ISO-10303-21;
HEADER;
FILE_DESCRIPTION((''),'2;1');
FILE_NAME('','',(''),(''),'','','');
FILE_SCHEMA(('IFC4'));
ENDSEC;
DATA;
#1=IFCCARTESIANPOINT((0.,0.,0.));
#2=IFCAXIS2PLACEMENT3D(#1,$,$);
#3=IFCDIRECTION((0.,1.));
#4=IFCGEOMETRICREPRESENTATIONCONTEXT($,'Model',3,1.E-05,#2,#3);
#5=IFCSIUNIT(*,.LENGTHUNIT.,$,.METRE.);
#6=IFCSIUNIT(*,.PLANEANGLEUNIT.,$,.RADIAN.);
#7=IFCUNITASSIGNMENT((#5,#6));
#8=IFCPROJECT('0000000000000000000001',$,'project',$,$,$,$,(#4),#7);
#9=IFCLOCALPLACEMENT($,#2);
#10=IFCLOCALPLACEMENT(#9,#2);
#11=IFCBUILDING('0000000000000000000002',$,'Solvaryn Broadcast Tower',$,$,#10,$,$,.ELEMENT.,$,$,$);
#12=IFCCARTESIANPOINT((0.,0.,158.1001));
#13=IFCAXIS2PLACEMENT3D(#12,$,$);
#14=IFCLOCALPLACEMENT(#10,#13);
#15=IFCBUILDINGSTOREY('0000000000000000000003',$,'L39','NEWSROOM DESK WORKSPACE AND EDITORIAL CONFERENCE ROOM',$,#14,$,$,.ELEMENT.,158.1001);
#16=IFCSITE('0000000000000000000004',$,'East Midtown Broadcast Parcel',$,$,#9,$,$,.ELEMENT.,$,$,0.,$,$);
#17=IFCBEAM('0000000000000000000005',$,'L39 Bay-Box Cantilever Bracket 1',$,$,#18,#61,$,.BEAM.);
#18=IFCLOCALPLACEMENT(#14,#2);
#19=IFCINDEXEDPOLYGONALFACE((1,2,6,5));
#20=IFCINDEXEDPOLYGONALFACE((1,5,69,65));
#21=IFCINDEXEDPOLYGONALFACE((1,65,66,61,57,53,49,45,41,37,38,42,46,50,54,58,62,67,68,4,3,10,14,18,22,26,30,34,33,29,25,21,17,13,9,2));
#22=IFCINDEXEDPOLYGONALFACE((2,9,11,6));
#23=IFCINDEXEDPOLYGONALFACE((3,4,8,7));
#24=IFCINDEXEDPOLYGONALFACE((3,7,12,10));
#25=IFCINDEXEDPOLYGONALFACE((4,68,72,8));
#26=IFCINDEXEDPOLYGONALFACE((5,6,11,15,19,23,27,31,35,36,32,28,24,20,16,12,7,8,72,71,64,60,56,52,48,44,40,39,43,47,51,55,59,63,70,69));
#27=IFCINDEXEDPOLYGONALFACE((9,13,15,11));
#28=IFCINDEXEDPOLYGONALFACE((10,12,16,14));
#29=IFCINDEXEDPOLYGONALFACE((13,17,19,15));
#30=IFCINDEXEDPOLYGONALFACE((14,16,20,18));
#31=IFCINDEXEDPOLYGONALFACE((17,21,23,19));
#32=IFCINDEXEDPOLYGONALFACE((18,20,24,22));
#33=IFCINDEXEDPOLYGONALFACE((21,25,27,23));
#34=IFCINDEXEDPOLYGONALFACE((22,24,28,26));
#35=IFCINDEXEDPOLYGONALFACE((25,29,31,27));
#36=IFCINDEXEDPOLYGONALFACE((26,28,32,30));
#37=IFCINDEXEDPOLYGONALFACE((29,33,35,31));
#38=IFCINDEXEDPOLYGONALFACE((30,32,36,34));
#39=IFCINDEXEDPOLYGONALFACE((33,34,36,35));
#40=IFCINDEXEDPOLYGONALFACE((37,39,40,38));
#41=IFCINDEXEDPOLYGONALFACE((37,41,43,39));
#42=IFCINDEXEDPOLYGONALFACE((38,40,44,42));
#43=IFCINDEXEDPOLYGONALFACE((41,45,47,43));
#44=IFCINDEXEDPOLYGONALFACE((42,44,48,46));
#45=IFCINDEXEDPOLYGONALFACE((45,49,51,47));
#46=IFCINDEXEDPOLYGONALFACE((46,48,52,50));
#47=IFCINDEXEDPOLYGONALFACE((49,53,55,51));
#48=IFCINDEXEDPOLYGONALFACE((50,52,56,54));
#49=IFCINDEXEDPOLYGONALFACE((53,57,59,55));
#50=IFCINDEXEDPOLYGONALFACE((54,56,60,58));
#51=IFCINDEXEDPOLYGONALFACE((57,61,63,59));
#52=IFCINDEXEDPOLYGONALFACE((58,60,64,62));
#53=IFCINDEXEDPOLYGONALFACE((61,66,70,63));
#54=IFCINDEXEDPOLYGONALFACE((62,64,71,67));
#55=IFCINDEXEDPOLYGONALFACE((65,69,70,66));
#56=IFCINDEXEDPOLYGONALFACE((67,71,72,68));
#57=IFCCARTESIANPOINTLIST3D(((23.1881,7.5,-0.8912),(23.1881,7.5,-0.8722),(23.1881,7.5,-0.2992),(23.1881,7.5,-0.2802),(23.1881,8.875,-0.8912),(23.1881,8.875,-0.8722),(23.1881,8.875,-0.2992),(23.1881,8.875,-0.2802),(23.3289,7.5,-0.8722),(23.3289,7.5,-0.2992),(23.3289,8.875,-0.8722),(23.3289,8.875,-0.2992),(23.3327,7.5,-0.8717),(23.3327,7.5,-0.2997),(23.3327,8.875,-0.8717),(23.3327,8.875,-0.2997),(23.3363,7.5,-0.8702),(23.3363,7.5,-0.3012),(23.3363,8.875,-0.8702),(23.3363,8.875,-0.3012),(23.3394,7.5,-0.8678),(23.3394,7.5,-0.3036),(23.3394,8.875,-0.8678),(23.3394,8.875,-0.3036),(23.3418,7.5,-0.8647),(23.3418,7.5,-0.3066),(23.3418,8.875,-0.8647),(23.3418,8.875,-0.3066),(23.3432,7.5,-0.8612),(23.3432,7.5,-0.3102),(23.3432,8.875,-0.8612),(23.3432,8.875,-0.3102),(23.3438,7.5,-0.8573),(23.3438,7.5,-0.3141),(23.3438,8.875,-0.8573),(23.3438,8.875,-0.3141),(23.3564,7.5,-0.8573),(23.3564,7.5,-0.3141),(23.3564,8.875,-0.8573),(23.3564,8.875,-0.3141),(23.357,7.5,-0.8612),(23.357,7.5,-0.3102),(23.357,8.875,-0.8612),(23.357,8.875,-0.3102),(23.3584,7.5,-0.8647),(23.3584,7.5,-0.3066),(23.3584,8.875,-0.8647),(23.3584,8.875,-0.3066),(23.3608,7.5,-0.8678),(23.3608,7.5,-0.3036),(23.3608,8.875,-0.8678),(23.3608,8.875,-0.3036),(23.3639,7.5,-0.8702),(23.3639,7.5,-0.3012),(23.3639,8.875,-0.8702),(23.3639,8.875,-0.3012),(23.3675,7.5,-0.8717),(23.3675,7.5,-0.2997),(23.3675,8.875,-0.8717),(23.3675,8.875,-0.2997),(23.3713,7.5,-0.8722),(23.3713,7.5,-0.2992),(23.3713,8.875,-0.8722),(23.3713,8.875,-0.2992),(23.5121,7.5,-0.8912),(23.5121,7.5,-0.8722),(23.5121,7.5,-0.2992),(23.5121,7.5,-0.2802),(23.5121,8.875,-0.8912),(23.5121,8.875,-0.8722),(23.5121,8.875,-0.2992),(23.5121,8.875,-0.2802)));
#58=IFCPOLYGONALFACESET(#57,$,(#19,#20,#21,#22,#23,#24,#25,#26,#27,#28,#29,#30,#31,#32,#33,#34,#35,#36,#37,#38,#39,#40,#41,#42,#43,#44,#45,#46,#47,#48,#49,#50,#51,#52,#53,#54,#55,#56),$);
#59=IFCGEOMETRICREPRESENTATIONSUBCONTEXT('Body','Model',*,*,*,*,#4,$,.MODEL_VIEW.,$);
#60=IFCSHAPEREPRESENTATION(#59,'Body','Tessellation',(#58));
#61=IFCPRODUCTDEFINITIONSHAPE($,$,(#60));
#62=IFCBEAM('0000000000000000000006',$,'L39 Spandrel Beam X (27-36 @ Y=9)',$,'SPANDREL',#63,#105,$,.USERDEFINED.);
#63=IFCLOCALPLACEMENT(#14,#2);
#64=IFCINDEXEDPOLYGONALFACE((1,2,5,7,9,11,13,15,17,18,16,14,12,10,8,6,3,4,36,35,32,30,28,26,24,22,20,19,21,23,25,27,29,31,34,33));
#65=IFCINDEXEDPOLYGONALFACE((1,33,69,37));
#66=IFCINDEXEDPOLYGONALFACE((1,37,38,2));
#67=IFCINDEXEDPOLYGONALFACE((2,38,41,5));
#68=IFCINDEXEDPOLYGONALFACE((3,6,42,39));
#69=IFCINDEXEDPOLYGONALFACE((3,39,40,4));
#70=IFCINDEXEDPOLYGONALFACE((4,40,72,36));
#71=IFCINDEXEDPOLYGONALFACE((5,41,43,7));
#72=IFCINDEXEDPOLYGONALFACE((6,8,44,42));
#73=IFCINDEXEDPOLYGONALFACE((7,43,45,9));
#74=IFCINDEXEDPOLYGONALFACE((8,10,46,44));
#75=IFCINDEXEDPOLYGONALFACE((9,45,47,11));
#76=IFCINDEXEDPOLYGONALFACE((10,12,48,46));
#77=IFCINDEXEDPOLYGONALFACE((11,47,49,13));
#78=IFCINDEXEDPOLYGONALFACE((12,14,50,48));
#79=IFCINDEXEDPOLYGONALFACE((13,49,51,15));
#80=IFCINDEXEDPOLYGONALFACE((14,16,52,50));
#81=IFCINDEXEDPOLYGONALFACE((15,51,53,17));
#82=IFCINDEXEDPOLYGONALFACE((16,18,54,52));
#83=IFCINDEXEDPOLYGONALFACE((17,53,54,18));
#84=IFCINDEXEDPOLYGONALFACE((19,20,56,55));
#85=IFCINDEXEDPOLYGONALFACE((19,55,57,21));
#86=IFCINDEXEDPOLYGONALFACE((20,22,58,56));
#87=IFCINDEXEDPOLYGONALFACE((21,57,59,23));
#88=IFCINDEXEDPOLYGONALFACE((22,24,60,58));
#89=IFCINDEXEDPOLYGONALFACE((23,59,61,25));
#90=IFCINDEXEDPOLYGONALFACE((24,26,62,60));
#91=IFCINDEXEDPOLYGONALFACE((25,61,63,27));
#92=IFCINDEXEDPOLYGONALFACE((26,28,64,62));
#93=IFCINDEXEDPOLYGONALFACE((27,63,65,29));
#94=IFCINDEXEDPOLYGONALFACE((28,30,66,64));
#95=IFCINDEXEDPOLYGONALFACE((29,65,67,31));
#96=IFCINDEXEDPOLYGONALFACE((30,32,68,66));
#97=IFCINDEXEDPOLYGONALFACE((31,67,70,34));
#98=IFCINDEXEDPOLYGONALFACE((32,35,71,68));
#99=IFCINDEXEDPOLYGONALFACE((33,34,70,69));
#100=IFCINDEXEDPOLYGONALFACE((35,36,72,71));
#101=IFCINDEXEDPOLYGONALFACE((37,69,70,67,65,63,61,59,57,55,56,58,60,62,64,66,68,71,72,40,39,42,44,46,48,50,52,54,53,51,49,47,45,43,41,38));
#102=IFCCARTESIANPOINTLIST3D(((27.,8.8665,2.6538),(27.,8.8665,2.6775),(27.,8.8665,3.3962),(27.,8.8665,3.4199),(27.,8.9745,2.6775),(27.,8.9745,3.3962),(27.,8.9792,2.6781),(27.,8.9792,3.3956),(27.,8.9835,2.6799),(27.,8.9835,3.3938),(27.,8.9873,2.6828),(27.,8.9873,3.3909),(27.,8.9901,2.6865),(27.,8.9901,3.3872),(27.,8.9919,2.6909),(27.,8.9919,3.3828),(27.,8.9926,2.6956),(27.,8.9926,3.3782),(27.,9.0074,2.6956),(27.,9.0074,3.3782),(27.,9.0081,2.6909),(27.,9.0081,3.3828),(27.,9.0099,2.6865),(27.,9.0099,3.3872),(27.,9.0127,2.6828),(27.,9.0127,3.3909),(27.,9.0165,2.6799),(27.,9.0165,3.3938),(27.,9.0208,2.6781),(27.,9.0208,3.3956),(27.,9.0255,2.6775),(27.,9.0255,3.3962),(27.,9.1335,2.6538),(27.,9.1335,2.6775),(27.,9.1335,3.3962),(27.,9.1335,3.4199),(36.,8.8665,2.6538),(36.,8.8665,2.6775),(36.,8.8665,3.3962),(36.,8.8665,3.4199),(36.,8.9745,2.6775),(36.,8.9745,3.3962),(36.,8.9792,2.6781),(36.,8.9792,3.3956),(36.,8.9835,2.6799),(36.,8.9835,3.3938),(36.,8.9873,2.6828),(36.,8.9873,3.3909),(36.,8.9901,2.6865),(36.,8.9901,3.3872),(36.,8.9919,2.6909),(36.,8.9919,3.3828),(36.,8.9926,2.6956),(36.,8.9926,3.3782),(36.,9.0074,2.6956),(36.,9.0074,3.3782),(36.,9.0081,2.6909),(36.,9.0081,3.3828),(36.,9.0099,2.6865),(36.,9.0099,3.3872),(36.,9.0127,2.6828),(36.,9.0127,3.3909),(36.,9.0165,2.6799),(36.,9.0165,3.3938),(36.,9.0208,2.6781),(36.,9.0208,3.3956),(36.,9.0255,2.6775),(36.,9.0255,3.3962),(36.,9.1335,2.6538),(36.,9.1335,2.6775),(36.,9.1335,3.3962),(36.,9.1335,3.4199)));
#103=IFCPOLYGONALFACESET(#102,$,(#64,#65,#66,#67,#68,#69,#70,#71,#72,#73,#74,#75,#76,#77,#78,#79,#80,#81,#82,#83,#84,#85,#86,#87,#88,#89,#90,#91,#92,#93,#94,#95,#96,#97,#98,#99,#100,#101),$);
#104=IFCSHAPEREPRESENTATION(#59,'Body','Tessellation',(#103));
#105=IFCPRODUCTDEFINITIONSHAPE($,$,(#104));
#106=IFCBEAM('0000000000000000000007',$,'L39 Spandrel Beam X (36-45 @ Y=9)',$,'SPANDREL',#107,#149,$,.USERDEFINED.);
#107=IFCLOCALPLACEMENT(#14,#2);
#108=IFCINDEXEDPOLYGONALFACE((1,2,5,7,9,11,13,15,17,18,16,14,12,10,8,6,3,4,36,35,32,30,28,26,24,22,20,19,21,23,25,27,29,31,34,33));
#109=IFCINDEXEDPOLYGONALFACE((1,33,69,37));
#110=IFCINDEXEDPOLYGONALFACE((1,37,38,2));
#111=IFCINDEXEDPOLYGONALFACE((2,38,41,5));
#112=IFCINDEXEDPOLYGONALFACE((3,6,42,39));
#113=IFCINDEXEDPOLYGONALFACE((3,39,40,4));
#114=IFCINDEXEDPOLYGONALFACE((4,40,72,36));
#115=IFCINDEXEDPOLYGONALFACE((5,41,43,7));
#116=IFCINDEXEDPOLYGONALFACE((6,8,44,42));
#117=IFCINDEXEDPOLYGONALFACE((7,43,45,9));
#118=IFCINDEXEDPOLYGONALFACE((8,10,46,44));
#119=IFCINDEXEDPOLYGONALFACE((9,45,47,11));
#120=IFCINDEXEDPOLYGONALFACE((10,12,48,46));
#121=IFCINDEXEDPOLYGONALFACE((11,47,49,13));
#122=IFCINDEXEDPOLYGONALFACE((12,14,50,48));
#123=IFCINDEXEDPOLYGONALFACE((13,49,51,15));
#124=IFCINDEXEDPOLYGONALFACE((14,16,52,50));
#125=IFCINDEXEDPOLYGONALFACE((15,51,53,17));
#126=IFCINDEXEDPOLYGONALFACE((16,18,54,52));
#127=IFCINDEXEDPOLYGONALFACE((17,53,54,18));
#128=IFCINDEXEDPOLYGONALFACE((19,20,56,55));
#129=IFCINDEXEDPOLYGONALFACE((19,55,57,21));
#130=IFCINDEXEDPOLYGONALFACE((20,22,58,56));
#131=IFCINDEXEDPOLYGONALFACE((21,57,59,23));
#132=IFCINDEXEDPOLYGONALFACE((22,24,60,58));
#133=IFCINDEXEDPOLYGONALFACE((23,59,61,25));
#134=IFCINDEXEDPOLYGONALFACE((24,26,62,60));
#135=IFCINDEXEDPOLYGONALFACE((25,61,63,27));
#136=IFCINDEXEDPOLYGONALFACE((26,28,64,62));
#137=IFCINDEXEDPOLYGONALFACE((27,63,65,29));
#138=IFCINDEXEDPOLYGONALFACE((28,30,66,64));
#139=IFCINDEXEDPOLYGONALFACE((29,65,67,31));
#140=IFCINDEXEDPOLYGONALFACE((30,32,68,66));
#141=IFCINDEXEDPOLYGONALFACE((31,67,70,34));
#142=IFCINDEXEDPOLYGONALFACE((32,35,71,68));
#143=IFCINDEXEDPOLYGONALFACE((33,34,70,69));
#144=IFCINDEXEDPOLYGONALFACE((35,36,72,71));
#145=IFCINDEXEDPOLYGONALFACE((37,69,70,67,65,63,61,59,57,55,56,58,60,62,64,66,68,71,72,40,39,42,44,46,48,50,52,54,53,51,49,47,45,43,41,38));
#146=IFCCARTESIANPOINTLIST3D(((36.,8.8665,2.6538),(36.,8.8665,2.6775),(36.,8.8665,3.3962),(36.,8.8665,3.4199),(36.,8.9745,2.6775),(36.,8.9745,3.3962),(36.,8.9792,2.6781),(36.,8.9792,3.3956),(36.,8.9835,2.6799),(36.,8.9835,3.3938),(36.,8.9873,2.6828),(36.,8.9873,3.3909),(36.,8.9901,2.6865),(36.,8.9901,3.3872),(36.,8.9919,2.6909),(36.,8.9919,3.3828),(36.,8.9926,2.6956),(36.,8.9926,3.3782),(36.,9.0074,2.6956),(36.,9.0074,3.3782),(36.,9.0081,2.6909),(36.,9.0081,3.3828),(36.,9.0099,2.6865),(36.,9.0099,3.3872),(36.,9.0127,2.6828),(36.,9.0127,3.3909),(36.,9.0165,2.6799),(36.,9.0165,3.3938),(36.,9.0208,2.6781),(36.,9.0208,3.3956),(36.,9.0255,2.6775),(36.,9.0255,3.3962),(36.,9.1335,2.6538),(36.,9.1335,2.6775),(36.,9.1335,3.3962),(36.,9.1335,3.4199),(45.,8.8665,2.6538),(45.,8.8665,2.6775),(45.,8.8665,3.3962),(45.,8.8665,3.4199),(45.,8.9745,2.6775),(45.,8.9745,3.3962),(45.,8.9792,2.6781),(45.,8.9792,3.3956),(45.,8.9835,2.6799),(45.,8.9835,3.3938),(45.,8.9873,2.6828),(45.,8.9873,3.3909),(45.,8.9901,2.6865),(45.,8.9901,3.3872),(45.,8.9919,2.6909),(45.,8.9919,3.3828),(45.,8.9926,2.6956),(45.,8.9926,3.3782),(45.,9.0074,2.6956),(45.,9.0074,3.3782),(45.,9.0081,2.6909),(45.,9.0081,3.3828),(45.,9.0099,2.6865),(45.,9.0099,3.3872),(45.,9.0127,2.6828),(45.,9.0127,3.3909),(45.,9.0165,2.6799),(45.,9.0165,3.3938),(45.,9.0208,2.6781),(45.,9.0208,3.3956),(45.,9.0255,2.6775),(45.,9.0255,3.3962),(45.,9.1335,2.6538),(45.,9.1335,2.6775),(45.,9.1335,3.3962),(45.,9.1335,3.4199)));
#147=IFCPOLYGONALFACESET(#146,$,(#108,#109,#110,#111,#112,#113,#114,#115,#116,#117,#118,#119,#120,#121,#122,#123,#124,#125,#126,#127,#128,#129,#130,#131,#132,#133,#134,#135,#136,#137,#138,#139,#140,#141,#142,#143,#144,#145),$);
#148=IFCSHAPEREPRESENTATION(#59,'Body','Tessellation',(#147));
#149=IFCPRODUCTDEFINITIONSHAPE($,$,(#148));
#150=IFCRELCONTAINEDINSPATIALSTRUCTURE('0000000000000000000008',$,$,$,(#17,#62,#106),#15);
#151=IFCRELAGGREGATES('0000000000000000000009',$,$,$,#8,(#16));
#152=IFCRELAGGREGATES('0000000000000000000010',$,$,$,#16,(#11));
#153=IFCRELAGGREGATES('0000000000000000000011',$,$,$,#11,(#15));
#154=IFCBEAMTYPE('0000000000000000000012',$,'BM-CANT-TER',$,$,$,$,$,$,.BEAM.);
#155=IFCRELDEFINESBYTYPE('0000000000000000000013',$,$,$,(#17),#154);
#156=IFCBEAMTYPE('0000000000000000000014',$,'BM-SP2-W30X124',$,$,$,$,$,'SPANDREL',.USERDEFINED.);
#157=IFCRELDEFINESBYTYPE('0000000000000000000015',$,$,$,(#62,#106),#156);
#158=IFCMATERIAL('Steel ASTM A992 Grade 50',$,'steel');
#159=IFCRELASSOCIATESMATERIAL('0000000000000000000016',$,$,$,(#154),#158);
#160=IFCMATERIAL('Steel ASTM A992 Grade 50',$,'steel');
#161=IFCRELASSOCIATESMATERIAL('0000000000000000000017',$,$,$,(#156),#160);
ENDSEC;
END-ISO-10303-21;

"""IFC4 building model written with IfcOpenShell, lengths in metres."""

from ifc_helpers import new_model, si_unit, direction, frame, origin, origin_2d, place, context, subcontext, project, spatial, i_section, extrude, material, material_profile, profile_set, type_object, element, save


model = new_model("IFC4")

# Units and contexts
model_context = context("Model", 3, precision=1e-05, world=origin(), true_north=direction((0.0, 1.0)))
body_context = subcontext(model_context, "Body", "Model", "MODEL_VIEW")
ifc_project = project(units=[si_unit("LENGTHUNIT", "METRE"), si_unit("PLANEANGLEUNIT", "RADIAN")], contexts=[model_context])

# Site, building, storey
site_placement = place(None, origin())
site = spatial("IfcSite", under=ifc_project, at=site_placement, Name="East Midtown Broadcast Parcel", CompositionType="ELEMENT", RefElevation=0.0)
building_placement = place(site_placement, origin())
building = spatial("IfcBuilding", under=site, at=building_placement, Name="Solvaryn Broadcast Tower", CompositionType="ELEMENT")
storey_placement = place(building_placement, frame((0.0, 0.0, 158.1001)))
storey = spatial("IfcBuildingStorey", under=building, at=storey_placement, Name="L39", Description="NEWSROOM DESK WORKSPACE AND EDITORIAL CONFERENCE ROOM", CompositionType="ELEMENT", Elevation=158.1001)

# Beams
ifc_material_1 = material(Name="Steel ASTM A992 Grade 50", Category="steel")
ifc_material_profile_1 = material_profile(ifc_material_1, i_section(OverallWidth=0.324, OverallDepth=0.6111, WebThickness=0.0127, FlangeThickness=0.019, FilletRadius=0.0149, at=origin_2d()))
ifc_profile_set_1 = profile_set([ifc_material_profile_1], Name="Steel ASTM A992 Grade 50")
beam_type_1 = type_object("IfcBeamType", Name="BM-CANT-TER", PredefinedType="BEAM", material=ifc_profile_set_1)
beam_1_placement = place(storey_placement, frame((23.3501, 8.875, -0.5857), z_axis=(0.0, -1.0, 0.0), x_axis=(1.0, 0.0, 0.0)))
element("IfcBeam", 1, at=beam_1_placement, inside=storey, type_object=beam_type_1, Name="L39 Bay-Box Cantilever Bracket 1", PredefinedType="BEAM", context=body_context, shape_type="SweptSolid", body=[
    extrude(i_section(OverallWidth=0.324, OverallDepth=0.6111, WebThickness=0.0127, FlangeThickness=0.019, FilletRadius=0.0149, at=origin_2d()), origin(), (0.0, 0.0, 1.0), 1.375),
])
ifc_material_2 = material(Name="Steel ASTM A992 Grade 50", Category="steel")
ifc_material_profile_2 = material_profile(ifc_material_2, i_section(OverallWidth=0.2671, OverallDepth=0.7661, WebThickness=0.0149, FlangeThickness=0.0237, FilletRadius=0.0181, at=origin_2d()))
ifc_profile_set_2 = profile_set([ifc_material_profile_2], Name="Steel ASTM A992 Grade 50")
beam_type_2 = type_object("IfcBeamType", Name="BM-SP2-W30X124", ElementType="SPANDREL", PredefinedType="USERDEFINED", material=ifc_profile_set_2)
for number, where, z_axis, x_axis, name in (
    (2, (27.0, 9.0, 3.0369), (1.0, 0.0, 0.0), (0.0, 1.0, 0.0), "L39 Spandrel Beam X (27-36 @ Y=9)"),
    (3, (36.0, 9.0, 3.0369), (1.0, 0.0, 0.0), (0.0, 1.0, 0.0), "L39 Spandrel Beam X (36-45 @ Y=9)"),
):
    element("IfcBeam", number, at=place(storey_placement, frame(where, z_axis=z_axis, x_axis=x_axis)), inside=storey, type_object=beam_type_2, Name=name, ObjectType="SPANDREL", PredefinedType="USERDEFINED", context=body_context, shape_type="SweptSolid", body=[
        extrude(i_section(OverallWidth=0.2671, OverallDepth=0.7661, WebThickness=0.0149, FlangeThickness=0.0237, FilletRadius=0.0181, at=origin_2d()), origin(), (0.0, 0.0, 1.0), 9.0),
    ])

save(model, "model.ifc")
